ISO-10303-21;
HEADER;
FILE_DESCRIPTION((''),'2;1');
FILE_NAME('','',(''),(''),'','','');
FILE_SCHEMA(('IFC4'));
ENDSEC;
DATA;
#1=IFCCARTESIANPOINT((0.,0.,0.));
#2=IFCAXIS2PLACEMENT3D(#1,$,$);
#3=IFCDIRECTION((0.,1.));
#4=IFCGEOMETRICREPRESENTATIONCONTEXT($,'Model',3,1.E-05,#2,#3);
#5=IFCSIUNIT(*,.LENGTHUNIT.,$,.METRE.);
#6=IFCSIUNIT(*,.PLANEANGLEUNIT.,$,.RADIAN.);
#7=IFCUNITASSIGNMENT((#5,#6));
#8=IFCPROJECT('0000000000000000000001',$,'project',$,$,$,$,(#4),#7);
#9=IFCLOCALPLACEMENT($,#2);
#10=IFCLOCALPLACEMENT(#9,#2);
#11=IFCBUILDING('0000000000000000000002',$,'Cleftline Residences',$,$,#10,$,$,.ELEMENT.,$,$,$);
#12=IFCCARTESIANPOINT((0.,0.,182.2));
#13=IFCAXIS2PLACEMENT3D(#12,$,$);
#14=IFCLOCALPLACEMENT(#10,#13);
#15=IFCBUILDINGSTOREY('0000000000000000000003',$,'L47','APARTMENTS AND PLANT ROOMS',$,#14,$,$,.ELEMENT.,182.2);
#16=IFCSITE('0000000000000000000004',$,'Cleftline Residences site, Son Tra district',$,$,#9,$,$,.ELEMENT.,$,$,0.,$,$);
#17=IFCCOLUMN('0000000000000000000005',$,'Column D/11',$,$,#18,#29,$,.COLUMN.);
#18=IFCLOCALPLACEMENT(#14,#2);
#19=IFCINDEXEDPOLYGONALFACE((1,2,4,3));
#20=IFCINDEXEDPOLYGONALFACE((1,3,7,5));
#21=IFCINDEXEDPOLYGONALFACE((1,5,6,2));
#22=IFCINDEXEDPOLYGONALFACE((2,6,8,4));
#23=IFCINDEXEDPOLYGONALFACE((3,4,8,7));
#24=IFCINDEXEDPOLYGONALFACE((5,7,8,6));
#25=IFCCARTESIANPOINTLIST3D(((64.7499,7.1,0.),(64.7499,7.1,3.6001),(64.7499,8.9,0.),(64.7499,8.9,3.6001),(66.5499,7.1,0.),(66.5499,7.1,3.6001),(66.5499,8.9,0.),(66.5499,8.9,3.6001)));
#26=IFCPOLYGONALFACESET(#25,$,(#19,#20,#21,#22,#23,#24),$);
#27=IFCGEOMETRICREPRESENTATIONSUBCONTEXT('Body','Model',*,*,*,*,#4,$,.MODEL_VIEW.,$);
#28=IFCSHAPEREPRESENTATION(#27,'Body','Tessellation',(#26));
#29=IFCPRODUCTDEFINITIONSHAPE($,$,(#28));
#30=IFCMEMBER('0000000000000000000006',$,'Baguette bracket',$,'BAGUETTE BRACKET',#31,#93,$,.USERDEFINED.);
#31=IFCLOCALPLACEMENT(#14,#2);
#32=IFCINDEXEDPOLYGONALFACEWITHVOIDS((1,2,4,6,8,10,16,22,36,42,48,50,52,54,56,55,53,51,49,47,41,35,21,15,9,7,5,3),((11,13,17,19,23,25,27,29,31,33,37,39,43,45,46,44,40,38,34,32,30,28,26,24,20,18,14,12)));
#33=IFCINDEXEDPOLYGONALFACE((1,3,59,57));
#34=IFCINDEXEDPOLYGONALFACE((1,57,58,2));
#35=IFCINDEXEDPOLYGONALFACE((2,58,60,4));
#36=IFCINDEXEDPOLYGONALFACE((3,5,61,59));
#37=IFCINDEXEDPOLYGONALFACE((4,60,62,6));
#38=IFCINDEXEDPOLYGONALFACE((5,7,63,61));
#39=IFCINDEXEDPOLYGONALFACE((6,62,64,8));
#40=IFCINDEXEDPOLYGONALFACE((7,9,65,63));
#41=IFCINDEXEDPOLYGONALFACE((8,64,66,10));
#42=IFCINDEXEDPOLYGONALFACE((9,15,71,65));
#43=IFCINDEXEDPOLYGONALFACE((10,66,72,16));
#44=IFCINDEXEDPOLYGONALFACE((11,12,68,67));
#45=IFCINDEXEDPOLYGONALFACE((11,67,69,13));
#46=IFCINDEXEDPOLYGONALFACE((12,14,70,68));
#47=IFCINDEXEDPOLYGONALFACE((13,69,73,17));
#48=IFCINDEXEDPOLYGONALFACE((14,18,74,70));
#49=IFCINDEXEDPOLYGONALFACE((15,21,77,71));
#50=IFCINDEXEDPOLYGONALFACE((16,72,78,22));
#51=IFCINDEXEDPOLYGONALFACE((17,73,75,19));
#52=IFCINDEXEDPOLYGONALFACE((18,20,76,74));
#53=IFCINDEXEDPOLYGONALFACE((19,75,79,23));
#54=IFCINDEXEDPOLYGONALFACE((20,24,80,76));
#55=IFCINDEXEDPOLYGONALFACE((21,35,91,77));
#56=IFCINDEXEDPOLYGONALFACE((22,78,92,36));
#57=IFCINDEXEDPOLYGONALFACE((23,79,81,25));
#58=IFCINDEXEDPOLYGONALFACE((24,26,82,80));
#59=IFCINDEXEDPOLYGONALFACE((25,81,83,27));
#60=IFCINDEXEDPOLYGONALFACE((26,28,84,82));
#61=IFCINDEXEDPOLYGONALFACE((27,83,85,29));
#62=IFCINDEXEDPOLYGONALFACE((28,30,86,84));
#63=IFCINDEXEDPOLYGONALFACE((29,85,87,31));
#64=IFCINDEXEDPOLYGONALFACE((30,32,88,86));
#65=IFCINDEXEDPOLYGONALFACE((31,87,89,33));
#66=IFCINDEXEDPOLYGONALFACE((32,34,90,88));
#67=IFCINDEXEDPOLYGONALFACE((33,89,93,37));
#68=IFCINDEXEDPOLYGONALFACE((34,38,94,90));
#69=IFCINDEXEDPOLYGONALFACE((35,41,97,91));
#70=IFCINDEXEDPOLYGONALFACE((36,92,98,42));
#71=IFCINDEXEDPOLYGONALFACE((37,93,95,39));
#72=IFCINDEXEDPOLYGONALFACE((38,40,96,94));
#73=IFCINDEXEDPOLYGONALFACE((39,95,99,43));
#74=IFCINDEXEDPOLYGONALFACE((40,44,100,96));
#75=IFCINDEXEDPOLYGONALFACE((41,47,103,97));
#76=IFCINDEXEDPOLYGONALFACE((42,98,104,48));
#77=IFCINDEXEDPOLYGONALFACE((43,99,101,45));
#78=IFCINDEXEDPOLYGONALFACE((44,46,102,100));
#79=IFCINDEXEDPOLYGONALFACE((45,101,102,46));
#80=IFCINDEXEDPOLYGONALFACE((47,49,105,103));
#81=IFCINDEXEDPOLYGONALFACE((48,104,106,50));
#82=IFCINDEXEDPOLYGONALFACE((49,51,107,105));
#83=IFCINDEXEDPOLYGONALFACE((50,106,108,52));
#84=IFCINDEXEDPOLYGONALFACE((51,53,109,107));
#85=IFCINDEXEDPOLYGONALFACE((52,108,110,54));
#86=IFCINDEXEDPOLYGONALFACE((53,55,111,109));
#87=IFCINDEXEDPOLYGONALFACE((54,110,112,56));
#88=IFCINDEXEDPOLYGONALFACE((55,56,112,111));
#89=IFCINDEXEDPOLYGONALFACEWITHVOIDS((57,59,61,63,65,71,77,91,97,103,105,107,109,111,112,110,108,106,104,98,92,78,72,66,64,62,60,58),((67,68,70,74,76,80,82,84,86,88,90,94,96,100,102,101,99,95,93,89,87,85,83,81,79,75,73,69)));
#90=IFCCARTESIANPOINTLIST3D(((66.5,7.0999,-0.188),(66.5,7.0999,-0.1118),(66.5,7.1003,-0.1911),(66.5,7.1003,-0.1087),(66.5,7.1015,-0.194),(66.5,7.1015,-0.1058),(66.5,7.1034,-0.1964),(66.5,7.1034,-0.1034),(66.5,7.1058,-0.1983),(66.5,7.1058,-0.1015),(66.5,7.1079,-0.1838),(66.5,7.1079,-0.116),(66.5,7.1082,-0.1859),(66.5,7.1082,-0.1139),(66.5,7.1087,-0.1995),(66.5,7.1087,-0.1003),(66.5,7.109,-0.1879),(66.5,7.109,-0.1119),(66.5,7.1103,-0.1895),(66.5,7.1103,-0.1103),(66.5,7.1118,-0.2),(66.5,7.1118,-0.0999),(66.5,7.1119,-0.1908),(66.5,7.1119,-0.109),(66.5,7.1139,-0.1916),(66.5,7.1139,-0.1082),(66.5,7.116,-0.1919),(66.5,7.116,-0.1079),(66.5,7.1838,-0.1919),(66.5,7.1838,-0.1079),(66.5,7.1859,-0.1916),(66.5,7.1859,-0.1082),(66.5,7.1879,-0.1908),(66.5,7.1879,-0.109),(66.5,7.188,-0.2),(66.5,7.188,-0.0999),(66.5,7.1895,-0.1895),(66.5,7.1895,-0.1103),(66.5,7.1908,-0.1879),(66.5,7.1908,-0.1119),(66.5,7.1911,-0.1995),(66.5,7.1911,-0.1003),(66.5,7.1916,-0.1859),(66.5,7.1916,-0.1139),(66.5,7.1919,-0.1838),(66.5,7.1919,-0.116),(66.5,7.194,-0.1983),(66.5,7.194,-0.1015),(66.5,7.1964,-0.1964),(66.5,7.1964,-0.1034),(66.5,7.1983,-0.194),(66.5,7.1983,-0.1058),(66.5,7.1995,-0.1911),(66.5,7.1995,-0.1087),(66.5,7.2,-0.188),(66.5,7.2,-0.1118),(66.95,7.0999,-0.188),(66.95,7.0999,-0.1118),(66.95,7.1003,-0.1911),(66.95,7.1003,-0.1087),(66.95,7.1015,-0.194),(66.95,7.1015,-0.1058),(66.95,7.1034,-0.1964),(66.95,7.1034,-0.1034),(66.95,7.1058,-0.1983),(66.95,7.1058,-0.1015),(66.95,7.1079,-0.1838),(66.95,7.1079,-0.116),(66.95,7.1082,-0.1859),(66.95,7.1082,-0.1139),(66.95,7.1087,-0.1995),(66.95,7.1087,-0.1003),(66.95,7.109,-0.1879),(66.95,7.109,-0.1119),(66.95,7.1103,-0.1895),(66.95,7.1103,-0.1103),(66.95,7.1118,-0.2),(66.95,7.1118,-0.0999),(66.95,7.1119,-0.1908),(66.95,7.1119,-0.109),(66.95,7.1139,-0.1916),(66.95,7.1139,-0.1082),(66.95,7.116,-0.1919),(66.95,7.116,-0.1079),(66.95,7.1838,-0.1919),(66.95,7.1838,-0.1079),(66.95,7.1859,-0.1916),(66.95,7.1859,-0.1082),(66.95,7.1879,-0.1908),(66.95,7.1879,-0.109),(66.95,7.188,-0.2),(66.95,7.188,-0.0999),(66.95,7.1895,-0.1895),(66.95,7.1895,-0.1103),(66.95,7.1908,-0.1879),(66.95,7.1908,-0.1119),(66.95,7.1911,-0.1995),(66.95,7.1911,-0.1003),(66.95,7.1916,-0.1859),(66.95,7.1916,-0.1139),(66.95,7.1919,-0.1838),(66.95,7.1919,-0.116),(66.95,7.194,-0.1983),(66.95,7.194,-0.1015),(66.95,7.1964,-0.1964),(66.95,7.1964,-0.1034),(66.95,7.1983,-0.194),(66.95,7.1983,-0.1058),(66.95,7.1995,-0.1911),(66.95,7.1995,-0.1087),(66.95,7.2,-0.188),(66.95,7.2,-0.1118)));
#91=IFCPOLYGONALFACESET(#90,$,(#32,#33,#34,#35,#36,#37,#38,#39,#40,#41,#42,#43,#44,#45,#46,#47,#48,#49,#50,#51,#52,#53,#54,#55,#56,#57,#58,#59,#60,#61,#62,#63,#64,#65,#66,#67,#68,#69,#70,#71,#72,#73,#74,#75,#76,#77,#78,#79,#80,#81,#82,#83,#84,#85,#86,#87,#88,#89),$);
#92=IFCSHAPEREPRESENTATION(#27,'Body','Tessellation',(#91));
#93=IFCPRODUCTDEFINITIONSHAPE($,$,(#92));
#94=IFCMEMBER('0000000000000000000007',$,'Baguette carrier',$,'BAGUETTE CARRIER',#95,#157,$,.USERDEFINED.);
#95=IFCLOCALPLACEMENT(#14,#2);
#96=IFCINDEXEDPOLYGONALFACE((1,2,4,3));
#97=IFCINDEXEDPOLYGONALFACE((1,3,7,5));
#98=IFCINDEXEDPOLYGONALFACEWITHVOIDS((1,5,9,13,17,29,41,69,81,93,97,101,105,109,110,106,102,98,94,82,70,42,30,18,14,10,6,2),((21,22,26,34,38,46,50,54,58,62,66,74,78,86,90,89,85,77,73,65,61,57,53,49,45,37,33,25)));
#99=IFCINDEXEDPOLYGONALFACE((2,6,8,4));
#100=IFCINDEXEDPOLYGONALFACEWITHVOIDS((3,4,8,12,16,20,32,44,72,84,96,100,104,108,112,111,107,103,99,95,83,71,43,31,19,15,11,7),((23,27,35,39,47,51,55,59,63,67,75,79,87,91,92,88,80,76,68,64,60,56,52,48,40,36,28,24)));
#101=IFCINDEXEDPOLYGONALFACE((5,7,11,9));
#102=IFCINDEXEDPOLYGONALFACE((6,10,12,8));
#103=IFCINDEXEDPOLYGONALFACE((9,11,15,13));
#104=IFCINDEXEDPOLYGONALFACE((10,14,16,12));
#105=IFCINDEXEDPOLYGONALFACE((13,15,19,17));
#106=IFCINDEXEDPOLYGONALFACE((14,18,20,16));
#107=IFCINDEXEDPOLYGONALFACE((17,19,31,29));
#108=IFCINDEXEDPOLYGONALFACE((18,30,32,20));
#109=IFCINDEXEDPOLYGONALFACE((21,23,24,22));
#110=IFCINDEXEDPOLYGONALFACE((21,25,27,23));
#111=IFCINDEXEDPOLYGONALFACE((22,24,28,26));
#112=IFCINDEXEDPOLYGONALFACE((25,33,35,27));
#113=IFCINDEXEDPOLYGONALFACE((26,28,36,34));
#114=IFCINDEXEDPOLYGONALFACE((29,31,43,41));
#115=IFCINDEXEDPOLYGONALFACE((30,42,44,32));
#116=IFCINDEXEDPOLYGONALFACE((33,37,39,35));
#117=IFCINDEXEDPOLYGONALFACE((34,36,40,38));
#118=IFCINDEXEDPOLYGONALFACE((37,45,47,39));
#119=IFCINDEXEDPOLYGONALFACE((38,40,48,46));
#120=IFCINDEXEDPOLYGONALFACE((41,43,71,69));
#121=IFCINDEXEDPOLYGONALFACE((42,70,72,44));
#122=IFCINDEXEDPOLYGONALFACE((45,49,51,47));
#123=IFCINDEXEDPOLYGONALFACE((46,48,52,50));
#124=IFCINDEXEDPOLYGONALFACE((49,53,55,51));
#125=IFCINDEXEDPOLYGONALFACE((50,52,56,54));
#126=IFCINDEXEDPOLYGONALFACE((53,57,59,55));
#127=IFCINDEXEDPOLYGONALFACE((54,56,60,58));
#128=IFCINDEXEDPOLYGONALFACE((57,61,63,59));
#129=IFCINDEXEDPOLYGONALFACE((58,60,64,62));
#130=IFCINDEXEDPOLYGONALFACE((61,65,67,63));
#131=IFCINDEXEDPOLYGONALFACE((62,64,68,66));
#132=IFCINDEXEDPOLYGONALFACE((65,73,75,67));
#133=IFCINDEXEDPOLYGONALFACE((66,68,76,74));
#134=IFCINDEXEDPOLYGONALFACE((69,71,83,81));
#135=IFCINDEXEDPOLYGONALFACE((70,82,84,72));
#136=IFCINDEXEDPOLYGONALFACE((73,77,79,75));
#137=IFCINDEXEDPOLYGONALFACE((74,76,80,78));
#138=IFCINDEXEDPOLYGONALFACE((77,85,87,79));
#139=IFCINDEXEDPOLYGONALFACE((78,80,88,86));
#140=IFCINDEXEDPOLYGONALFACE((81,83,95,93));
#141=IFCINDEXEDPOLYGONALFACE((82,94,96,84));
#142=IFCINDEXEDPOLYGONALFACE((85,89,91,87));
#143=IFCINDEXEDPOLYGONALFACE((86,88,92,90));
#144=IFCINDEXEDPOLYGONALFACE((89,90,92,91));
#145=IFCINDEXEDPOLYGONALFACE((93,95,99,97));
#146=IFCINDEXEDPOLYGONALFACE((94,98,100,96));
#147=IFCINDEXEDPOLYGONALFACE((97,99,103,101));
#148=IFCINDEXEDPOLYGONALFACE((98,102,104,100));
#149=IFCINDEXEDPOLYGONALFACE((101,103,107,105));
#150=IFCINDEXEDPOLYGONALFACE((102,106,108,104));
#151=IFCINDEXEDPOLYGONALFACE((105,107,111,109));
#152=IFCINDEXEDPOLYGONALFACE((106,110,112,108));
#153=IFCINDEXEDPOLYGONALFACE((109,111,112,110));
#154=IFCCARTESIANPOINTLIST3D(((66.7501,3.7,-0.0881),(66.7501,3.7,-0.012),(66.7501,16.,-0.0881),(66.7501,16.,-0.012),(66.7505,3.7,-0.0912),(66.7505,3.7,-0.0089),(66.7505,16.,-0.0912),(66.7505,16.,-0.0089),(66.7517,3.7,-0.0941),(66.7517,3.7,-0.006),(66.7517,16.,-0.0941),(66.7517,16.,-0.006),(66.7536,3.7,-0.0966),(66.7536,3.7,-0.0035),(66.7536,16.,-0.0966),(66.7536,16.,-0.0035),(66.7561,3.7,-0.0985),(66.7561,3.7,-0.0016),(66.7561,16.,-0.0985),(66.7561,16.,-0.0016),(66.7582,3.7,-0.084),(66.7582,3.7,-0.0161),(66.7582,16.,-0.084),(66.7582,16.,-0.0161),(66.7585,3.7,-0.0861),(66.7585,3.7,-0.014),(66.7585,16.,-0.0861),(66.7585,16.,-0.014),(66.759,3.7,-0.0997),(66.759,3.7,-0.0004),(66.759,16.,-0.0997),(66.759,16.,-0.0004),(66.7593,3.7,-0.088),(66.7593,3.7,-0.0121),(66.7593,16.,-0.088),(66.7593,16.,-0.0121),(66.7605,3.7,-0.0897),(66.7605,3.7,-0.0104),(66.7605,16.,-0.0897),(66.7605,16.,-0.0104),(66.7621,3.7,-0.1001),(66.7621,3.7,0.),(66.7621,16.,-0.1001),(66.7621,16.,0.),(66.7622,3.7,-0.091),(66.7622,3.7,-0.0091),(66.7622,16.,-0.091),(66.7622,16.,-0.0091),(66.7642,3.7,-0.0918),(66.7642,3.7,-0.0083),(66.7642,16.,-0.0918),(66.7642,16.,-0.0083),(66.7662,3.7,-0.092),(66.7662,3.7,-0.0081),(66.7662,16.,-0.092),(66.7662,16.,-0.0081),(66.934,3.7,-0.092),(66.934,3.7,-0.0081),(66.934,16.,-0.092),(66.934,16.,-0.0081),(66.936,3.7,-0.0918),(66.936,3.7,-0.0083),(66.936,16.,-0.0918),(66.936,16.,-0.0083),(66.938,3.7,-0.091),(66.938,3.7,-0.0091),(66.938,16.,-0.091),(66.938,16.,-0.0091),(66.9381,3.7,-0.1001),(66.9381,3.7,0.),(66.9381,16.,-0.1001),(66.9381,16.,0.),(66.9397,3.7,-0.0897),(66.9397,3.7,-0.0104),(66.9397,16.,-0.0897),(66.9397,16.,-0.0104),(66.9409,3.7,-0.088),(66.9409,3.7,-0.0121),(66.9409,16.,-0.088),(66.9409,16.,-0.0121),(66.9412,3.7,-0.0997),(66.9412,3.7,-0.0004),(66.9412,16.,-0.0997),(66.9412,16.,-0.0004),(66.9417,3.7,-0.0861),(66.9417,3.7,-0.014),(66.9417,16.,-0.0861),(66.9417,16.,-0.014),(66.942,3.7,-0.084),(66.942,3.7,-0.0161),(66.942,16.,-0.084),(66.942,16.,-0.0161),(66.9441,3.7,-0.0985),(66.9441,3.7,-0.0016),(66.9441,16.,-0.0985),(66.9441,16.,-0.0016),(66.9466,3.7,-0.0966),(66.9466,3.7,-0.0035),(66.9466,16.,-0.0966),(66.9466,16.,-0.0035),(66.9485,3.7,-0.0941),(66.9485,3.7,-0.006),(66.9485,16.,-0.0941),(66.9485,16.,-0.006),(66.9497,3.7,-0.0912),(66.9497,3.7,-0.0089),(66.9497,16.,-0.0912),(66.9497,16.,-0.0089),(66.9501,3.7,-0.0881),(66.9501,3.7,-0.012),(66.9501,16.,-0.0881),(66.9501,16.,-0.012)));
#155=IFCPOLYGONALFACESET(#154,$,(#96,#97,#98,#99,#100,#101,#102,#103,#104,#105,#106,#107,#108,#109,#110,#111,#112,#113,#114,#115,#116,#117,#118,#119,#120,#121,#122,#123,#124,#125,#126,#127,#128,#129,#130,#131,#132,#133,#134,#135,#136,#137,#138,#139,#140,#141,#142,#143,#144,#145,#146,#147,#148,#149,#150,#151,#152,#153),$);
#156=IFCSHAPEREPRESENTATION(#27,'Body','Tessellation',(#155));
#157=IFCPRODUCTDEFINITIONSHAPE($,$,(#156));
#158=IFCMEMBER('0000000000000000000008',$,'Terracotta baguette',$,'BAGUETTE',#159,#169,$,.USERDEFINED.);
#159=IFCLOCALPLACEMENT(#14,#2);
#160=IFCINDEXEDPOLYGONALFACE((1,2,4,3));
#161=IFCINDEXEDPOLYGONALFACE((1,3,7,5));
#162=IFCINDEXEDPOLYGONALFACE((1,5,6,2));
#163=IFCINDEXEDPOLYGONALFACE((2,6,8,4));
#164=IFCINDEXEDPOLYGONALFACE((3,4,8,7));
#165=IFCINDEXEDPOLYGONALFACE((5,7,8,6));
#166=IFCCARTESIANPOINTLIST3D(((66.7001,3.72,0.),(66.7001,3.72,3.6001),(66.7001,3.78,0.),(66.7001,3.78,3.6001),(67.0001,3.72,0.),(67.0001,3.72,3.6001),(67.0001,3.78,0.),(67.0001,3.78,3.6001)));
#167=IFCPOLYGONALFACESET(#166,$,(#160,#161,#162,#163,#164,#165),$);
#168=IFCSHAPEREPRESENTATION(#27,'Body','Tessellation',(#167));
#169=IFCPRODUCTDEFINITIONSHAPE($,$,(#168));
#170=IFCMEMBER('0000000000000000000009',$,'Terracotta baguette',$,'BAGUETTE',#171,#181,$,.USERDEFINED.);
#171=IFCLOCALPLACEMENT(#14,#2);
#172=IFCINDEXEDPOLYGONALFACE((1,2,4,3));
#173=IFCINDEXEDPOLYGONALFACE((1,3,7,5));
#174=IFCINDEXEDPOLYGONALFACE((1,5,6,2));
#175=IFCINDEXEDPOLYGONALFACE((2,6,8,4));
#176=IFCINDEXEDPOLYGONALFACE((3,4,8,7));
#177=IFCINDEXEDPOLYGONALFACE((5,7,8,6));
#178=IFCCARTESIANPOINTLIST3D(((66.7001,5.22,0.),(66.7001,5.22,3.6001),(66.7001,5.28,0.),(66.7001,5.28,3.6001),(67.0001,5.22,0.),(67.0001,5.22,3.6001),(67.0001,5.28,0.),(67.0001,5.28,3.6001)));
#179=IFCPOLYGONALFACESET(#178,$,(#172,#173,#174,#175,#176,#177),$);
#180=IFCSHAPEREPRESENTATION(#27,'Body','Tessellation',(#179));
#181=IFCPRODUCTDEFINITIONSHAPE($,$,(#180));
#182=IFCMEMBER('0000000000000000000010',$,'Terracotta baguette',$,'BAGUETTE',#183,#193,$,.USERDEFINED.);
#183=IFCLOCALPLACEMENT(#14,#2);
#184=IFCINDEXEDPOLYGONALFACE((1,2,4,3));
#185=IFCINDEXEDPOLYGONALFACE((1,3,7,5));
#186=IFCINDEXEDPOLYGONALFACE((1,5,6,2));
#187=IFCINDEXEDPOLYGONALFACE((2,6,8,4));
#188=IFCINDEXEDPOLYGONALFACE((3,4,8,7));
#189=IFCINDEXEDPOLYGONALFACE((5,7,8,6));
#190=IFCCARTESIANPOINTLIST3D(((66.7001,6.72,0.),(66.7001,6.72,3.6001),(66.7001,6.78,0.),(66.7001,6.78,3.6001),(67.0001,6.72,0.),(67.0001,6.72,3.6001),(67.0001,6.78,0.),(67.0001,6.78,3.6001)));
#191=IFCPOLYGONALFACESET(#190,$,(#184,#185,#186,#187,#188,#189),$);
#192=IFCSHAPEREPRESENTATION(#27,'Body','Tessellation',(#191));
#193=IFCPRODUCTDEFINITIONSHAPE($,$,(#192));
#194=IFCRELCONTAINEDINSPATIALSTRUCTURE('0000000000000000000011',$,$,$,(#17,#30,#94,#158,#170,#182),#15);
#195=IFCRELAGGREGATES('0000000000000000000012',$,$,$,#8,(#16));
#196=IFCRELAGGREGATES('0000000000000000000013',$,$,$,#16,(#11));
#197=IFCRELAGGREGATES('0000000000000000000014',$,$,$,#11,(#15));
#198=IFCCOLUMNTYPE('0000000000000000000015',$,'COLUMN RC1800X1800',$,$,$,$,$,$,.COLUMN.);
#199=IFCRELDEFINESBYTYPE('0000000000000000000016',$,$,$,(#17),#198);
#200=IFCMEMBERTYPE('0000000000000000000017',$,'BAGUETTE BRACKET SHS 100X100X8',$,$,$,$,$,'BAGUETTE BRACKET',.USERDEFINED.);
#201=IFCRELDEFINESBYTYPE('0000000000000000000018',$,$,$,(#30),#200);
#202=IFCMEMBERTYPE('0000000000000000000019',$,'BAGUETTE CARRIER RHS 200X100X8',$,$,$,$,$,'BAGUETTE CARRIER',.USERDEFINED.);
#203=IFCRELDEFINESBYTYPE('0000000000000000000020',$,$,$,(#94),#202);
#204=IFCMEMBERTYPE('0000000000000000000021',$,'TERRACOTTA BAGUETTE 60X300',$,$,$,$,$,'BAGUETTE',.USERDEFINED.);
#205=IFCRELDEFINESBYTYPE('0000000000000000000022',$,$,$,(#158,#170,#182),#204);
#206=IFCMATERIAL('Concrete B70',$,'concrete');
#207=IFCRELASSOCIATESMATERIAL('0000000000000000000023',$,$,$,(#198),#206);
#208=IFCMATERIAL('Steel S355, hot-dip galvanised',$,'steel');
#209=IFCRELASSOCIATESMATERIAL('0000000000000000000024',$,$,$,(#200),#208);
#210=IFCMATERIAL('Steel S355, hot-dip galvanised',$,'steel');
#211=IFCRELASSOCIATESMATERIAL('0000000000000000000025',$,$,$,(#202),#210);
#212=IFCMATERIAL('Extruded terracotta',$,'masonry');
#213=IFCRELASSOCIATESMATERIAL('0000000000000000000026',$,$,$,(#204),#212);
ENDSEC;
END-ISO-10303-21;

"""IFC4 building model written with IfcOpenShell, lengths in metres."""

from ifc_helpers import new_model, si_unit, direction, frame, origin, origin_2d, place, context, subcontext, project, spatial, rectangle, hollow_rectangle, extrude, material, material_profile, profile_set, type_object, element, save


model = new_model("IFC4")

# Units and contexts
model_context = context("Model", 3, precision=1e-05, world=origin(), true_north=direction((0.0, 1.0)))
body_context = subcontext(model_context, "Body", "Model", "MODEL_VIEW")
ifc_project = project(units=[si_unit("LENGTHUNIT", "METRE"), si_unit("PLANEANGLEUNIT", "RADIAN")], contexts=[model_context])

# Site, building, storey
site_placement = place(None, origin())
site = spatial("IfcSite", under=ifc_project, at=site_placement, Name="Cleftline Residences site, Son Tra district", CompositionType="ELEMENT", RefElevation=0.0)
building_placement = place(site_placement, origin())
building = spatial("IfcBuilding", under=site, at=building_placement, Name="Cleftline Residences", CompositionType="ELEMENT")
storey_placement = place(building_placement, frame((0.0, 0.0, 182.2)))
storey = spatial("IfcBuildingStorey", under=building, at=storey_placement, Name="L47", Description="APARTMENTS AND PLANT ROOMS", CompositionType="ELEMENT", Elevation=182.2)

# Column
ifc_material_1 = material(Name="Concrete B70", Category="concrete")
ifc_material_profile_1 = material_profile(ifc_material_1, rectangle(XDim=1.8, YDim=1.8, at=origin_2d()))
ifc_profile_set_1 = profile_set([ifc_material_profile_1], Name="Concrete B70")
column_type = type_object("IfcColumnType", Name="COLUMN RC1800X1800", PredefinedType="COLUMN", material=ifc_profile_set_1)
column_placement = place(storey_placement, frame((65.6499, 8.0, 0.0), z_axis=(0.0, 0.0, 1.0), x_axis=(1.0, 0.0, 0.0)))
element("IfcColumn", 1, at=column_placement, inside=storey, type_object=column_type, Name="Column D/11", PredefinedType="COLUMN", context=body_context, shape_type="SweptSolid", body=[
    extrude(rectangle(XDim=1.8, YDim=1.8, at=origin_2d()), origin(), (0.0, 0.0, 1.0), 3.6001),
])

# Members
ifc_material_2 = material(Name="Steel S355, hot-dip galvanised", Category="steel")
ifc_material_profile_2 = material_profile(ifc_material_2, hollow_rectangle(XDim=0.1001, YDim=0.1001, WallThickness=0.0081, InnerFilletRadius=0.0081, OuterFilletRadius=0.012, at=origin_2d()))
ifc_profile_set_2 = profile_set([ifc_material_profile_2], Name="Steel S355, hot-dip galvanised")
member_type_1 = type_object("IfcMemberType", Name="BAGUETTE BRACKET SHS 100X100X8", ElementType="BAGUETTE BRACKET", PredefinedType="USERDEFINED", material=ifc_profile_set_2)
member_1_placement = place(storey_placement, frame((66.5, 7.1499, -0.1499), z_axis=(1.0, 0.0, 0.0), x_axis=(0.0, 1.0, 0.0)))
element("IfcMember", 2, at=member_1_placement, inside=storey, type_object=member_type_1, Name="Baguette bracket", ObjectType="BAGUETTE BRACKET", PredefinedType="USERDEFINED", context=body_context, shape_type="SweptSolid", body=[
    extrude(hollow_rectangle(XDim=0.1001, YDim=0.1001, WallThickness=0.0081, InnerFilletRadius=0.0081, OuterFilletRadius=0.012, at=origin_2d()), origin(), (0.0, 0.0, 1.0), 0.45),
])
ifc_material_3 = material(Name="Steel S355, hot-dip galvanised", Category="steel")
ifc_material_profile_3 = material_profile(ifc_material_3, hollow_rectangle(XDim=0.1001, YDim=0.2, WallThickness=0.0081, InnerFilletRadius=0.0081, OuterFilletRadius=0.012, at=origin_2d()))
ifc_profile_set_3 = profile_set([ifc_material_profile_3], Name="Steel S355, hot-dip galvanised")
member_type_2 = type_object("IfcMemberType", Name="BAGUETTE CARRIER RHS 200X100X8", ElementType="BAGUETTE CARRIER", PredefinedType="USERDEFINED", material=ifc_profile_set_3)
member_2_placement = place(storey_placement, frame((66.8501, 3.7, -0.05), z_axis=(0.0, 1.0, 0.0), x_axis=(0.0, 0.0, 1.0)))
element("IfcMember", 3, at=member_2_placement, inside=storey, type_object=member_type_2, Name="Baguette carrier", ObjectType="BAGUETTE CARRIER", PredefinedType="USERDEFINED", context=body_context, shape_type="SweptSolid", body=[
    extrude(hollow_rectangle(XDim=0.1001, YDim=0.2, WallThickness=0.0081, InnerFilletRadius=0.0081, OuterFilletRadius=0.012, at=origin_2d()), origin(), (0.0, 0.0, 1.0), 12.3),
])
ifc_material_4 = material(Name="Extruded terracotta", Category="masonry")
ifc_material_profile_4 = material_profile(ifc_material_4, rectangle(XDim=0.0601, YDim=0.3, at=origin_2d()))
ifc_profile_set_4 = profile_set([ifc_material_profile_4], Name="Extruded terracotta")
member_type_3 = type_object("IfcMemberType", Name="TERRACOTTA BAGUETTE 60X300", ElementType="BAGUETTE", PredefinedType="USERDEFINED", material=ifc_profile_set_4)
for number, where, z_axis, x_axis, name in (
    (4, (66.8501, 3.75, 0.0), (0.0, 0.0, 1.0), (0.0, 1.0, 0.0), "Terracotta baguette"),
    (5, (66.8501, 5.25, 0.0), (0.0, 0.0, 1.0), (0.0, 1.0, 0.0), "Terracotta baguette"),
    (6, (66.8501, 6.75, 0.0), (0.0, 0.0, 1.0), (0.0, 1.0, 0.0), "Terracotta baguette"),
):
    element("IfcMember", number, at=place(storey_placement, frame(where, z_axis=z_axis, x_axis=x_axis)), inside=storey, type_object=member_type_3, Name=name, ObjectType="BAGUETTE", PredefinedType="USERDEFINED", context=body_context, shape_type="SweptSolid", body=[
        extrude(rectangle(XDim=0.0601, YDim=0.3, at=origin_2d()), origin(), (0.0, 0.0, 1.0), 3.6001),
    ])

save(model, "model.ifc")
